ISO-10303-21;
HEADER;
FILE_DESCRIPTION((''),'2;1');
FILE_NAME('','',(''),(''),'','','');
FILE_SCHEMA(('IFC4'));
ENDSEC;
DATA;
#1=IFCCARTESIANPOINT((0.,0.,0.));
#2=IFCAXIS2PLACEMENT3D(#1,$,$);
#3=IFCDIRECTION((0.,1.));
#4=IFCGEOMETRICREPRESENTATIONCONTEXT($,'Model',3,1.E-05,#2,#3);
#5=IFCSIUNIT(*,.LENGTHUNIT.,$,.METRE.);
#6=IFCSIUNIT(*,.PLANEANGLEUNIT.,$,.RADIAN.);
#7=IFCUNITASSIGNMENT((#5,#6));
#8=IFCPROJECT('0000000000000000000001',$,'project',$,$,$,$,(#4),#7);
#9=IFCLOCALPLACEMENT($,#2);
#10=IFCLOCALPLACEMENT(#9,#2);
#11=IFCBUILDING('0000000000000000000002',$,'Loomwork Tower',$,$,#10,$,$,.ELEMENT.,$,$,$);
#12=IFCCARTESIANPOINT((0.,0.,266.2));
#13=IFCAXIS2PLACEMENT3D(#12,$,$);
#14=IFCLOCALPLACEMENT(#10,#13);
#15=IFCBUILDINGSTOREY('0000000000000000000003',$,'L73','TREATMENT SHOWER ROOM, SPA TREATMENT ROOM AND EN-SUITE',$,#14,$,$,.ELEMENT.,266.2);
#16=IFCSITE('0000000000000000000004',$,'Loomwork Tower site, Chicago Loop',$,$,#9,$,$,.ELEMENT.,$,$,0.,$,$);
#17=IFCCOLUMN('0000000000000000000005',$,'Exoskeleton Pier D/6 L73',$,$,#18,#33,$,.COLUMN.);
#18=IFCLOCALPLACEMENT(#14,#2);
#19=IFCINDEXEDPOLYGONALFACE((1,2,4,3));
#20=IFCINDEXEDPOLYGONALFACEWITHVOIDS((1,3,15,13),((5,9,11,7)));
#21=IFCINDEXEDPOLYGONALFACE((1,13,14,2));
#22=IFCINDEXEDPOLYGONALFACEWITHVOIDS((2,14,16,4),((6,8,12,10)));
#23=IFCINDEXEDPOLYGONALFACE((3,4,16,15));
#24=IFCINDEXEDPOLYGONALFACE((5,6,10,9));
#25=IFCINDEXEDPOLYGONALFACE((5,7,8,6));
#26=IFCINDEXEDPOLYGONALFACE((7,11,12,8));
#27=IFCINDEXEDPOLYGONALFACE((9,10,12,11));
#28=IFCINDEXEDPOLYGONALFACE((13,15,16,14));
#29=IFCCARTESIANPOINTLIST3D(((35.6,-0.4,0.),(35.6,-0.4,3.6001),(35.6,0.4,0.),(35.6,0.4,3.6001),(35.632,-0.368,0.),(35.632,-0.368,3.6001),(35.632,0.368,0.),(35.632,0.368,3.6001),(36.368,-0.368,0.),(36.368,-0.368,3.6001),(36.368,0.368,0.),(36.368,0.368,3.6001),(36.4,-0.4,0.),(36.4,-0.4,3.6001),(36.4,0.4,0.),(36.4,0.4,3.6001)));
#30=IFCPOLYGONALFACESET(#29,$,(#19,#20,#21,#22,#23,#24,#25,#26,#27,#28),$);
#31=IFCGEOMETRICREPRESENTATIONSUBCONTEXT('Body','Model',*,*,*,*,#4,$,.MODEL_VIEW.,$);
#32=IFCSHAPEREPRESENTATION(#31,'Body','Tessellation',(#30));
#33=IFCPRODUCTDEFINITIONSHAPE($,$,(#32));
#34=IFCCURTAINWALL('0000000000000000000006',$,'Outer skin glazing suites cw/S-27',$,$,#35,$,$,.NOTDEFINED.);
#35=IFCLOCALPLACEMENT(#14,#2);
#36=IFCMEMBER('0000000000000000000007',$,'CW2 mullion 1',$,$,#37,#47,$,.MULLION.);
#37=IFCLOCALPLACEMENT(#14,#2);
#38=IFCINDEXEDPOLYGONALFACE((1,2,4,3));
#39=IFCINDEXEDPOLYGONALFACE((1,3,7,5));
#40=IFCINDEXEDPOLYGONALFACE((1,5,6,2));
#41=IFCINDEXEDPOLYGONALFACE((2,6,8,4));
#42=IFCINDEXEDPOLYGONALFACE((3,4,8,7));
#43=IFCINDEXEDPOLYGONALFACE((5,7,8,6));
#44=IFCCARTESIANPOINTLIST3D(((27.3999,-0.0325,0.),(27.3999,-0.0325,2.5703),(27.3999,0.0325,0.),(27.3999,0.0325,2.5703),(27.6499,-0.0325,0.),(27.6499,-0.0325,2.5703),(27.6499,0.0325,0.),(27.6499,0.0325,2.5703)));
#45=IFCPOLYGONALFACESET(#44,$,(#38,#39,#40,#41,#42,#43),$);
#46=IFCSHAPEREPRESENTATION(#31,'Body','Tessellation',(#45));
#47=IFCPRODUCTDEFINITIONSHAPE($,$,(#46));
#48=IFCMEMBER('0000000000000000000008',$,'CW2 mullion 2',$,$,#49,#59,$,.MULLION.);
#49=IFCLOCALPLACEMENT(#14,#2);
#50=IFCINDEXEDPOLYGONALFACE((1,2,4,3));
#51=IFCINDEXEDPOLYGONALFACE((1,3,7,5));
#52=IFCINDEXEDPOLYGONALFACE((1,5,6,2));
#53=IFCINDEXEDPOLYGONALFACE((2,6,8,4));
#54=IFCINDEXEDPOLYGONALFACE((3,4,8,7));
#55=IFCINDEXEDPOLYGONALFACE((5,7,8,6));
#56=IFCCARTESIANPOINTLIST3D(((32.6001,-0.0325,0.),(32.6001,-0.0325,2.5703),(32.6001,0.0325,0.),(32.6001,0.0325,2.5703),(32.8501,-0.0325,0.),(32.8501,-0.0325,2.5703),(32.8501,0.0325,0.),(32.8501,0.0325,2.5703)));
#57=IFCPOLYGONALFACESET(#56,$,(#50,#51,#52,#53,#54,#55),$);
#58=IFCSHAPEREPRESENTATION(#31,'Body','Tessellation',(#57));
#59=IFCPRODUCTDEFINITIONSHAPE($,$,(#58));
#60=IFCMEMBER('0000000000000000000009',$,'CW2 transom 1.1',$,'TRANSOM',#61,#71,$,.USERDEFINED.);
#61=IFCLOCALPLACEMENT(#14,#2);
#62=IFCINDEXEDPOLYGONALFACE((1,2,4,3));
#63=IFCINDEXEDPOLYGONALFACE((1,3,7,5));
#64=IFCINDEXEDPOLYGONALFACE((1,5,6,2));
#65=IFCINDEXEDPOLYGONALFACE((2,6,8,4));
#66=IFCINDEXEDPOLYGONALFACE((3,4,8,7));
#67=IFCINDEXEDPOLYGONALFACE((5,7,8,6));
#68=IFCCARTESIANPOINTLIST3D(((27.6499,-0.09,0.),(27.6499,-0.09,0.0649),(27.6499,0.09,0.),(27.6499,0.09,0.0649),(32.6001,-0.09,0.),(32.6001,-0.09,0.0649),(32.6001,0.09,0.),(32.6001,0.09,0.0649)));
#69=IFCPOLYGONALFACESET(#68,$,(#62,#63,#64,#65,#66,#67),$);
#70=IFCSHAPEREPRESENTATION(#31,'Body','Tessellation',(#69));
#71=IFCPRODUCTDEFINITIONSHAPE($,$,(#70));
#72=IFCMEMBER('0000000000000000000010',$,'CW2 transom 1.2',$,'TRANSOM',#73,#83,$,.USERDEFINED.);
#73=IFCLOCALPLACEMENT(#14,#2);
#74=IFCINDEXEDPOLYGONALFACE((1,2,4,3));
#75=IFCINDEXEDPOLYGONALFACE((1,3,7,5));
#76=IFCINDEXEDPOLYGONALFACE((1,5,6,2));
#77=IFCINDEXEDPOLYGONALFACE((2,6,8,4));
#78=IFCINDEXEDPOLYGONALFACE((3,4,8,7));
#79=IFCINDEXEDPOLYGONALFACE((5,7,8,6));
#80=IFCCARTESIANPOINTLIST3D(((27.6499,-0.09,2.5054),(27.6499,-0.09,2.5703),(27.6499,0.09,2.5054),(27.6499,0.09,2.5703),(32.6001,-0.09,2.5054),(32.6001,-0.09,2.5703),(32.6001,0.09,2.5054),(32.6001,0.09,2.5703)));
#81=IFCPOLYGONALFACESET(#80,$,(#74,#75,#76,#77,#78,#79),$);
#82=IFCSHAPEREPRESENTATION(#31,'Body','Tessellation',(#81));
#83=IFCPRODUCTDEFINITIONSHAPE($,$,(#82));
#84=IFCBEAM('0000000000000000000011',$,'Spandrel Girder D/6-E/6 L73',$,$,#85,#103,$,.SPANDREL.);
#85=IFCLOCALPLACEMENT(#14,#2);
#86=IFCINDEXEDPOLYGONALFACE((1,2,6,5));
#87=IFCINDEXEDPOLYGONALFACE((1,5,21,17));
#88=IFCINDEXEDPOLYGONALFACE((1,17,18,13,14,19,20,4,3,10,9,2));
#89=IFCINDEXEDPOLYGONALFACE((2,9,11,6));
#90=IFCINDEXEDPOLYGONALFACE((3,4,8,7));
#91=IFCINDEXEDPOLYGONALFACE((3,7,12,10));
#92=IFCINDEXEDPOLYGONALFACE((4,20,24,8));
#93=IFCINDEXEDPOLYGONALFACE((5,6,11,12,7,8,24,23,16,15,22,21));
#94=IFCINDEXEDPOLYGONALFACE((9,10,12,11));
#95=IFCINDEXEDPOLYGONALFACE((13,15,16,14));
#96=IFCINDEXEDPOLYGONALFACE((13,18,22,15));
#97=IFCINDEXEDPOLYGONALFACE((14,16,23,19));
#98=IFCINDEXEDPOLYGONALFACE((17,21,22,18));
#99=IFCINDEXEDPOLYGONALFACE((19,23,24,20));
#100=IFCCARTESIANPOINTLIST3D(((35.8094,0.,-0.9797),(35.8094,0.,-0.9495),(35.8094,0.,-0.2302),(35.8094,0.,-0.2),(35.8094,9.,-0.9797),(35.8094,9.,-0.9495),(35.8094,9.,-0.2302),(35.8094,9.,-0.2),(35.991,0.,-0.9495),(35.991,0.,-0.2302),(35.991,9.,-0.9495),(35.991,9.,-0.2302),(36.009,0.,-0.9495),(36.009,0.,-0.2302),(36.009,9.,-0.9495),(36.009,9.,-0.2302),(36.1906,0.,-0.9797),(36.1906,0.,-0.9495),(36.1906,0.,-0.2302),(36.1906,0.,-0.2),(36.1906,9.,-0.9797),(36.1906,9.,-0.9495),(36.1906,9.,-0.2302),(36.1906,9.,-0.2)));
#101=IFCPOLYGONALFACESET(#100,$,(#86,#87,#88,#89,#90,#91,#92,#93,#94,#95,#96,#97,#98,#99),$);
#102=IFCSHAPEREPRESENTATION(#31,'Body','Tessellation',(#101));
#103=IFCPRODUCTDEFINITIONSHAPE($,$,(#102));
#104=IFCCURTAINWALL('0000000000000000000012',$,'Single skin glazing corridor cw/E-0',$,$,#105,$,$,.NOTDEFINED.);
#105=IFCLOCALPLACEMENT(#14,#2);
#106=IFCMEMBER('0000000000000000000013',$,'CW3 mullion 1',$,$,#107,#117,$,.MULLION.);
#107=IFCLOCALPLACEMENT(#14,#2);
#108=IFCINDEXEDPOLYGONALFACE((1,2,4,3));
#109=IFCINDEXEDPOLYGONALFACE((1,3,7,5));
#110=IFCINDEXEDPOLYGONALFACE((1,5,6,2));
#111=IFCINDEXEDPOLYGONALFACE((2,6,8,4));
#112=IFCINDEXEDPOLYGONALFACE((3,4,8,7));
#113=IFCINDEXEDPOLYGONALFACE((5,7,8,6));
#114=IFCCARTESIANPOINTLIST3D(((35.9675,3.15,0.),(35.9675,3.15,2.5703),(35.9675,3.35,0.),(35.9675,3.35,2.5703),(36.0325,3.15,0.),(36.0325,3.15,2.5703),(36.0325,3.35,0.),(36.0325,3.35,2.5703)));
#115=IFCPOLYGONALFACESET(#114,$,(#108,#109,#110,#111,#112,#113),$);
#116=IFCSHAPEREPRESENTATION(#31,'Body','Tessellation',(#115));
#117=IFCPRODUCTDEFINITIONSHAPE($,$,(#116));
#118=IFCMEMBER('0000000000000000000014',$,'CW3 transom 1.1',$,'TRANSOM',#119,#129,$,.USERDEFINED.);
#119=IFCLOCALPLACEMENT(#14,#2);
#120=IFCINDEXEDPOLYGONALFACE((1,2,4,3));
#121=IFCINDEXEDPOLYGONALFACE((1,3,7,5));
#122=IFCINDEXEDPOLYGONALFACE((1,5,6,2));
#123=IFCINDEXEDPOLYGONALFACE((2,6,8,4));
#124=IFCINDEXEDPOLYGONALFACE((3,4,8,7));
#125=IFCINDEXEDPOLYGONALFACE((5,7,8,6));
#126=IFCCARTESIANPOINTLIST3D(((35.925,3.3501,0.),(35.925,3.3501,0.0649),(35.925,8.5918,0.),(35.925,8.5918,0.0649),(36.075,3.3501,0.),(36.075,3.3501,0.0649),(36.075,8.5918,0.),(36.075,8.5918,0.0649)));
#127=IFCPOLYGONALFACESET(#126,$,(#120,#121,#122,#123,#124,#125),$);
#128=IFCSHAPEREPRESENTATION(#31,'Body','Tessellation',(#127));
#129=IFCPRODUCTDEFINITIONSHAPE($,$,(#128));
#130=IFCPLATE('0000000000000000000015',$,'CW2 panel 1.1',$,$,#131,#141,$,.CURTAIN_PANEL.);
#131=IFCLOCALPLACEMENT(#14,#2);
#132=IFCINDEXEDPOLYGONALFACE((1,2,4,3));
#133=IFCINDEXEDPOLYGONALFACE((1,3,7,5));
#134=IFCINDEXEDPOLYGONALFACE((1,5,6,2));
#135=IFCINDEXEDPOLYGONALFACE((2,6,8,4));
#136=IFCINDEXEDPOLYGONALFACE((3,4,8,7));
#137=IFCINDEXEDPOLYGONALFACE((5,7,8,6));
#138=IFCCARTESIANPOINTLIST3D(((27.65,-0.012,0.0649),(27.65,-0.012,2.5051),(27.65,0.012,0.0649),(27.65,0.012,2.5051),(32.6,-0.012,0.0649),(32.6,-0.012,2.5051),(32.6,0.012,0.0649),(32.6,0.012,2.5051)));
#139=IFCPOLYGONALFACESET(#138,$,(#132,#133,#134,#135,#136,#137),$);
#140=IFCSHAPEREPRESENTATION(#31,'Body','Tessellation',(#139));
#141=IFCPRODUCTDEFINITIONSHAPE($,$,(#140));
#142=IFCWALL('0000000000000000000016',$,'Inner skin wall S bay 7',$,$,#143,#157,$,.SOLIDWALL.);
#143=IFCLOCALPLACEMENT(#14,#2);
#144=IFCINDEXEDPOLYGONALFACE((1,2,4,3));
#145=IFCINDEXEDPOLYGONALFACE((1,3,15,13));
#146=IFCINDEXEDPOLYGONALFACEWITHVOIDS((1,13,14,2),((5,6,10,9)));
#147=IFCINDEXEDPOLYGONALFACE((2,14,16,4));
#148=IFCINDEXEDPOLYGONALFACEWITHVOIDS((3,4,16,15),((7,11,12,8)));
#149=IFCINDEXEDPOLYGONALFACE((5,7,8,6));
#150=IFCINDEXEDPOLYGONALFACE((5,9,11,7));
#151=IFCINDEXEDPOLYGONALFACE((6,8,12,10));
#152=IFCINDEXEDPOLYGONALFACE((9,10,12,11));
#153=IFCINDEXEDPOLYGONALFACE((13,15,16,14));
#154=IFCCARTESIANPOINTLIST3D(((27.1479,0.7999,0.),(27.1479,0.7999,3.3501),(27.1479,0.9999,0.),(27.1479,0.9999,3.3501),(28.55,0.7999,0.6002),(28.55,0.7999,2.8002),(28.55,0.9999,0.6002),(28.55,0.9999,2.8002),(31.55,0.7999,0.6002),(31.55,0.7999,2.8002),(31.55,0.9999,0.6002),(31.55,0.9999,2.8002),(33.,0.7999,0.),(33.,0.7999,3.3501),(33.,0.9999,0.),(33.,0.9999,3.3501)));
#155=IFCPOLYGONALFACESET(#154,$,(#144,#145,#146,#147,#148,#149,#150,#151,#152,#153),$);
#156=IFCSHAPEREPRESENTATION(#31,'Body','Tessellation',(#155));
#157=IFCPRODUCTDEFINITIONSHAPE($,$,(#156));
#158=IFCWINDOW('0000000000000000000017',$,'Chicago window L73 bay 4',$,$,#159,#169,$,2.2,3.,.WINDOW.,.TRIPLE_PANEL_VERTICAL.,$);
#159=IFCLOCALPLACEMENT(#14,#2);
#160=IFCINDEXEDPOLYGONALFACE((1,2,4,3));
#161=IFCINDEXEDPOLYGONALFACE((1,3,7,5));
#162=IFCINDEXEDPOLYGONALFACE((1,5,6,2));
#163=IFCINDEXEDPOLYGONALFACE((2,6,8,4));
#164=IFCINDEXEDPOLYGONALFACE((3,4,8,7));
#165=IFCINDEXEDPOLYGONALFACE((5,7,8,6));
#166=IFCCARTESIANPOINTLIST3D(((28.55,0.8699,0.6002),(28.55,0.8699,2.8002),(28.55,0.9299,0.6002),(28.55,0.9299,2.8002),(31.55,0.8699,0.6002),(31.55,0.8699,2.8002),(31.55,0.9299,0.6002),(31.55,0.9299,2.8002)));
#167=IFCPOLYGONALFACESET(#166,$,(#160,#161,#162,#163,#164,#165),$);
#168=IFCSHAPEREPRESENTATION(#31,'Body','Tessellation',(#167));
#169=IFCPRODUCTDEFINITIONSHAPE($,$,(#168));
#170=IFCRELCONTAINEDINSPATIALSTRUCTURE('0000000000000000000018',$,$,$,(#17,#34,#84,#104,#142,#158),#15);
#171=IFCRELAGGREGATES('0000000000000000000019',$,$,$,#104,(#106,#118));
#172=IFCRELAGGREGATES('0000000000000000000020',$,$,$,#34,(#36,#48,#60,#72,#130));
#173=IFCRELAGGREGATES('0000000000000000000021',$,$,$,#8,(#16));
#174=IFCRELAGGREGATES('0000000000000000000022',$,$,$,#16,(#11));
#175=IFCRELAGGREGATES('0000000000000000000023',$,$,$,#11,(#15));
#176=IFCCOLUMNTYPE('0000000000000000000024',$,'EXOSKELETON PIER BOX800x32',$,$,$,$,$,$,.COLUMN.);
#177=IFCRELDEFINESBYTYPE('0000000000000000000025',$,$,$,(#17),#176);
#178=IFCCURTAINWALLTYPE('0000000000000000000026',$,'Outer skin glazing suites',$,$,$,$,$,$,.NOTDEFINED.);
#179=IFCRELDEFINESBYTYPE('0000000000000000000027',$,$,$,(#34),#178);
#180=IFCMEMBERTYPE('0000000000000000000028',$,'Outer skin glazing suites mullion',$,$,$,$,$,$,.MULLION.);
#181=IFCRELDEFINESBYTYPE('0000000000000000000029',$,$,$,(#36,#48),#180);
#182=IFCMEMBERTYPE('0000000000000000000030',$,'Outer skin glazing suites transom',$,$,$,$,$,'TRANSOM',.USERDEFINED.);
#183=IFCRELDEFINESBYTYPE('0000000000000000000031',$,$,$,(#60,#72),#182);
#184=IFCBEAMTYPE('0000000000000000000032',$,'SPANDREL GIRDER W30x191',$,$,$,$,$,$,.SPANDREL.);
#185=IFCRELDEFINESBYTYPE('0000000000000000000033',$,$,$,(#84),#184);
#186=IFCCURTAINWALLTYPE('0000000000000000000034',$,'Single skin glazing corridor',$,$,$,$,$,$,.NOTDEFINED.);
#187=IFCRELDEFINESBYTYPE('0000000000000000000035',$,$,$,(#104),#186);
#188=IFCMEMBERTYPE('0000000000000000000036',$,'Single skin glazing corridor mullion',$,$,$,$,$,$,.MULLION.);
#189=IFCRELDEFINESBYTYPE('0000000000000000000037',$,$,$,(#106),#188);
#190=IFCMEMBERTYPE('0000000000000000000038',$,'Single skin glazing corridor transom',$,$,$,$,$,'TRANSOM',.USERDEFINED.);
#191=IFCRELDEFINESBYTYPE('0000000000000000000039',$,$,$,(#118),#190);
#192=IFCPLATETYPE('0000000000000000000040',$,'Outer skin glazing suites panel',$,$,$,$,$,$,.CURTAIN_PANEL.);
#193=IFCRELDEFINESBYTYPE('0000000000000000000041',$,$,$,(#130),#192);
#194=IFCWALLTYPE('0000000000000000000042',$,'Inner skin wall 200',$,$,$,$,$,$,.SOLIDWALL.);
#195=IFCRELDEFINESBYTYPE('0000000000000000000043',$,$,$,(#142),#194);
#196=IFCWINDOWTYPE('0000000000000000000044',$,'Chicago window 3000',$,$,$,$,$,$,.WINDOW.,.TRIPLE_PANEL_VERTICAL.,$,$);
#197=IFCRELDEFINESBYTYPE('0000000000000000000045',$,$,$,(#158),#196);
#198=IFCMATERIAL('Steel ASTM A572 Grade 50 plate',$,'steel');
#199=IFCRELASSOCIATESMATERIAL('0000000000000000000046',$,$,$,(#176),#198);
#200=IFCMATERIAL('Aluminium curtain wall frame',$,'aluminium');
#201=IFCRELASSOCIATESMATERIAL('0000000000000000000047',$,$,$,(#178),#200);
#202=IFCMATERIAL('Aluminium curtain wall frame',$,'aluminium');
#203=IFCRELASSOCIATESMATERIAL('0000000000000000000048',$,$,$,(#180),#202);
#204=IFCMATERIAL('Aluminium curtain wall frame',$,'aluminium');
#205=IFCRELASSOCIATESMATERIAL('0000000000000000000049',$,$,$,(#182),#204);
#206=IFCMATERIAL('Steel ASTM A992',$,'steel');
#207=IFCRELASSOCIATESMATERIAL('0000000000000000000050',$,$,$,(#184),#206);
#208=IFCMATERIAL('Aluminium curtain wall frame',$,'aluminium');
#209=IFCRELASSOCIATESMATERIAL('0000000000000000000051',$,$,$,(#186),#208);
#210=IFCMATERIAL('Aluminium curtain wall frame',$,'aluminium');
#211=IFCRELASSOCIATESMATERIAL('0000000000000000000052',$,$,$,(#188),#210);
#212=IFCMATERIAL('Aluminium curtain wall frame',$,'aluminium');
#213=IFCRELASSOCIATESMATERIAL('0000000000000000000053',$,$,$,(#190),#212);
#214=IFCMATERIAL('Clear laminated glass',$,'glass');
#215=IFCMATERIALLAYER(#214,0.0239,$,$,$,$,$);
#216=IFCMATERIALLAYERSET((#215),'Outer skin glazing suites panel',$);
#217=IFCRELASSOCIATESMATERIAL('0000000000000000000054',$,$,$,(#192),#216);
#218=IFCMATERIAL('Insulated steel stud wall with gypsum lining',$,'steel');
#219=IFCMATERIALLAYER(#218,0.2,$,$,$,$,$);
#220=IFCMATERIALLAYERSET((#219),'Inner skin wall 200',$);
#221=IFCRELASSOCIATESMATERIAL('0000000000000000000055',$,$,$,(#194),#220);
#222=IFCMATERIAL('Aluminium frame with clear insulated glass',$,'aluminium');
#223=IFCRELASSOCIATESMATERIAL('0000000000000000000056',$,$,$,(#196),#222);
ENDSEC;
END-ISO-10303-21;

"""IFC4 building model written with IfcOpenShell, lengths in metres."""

from ifc_helpers import new_model, si_unit, direction, frame, frame_2d, origin, origin_2d, place, context, subcontext, project, spatial, rectangle, hollow_rectangle, i_section, extrude, material, layer, layer_set, material_profile, profile_set, type_object, element, fill, aggregate, save


model = new_model("IFC4")

# Units and contexts
model_context = context("Model", 3, precision=1e-05, world=origin(), true_north=direction((0.0, 1.0)))
body_context = subcontext(model_context, "Body", "Model", "MODEL_VIEW")
ifc_project = project(units=[si_unit("LENGTHUNIT", "METRE"), si_unit("PLANEANGLEUNIT", "RADIAN")], contexts=[model_context])

# Site, building, storey
site_placement = place(None, origin())
site = spatial("IfcSite", under=ifc_project, at=site_placement, Name="Loomwork Tower site, Chicago Loop", CompositionType="ELEMENT", RefElevation=0.0)
building_placement = place(site_placement, origin())
building = spatial("IfcBuilding", under=site, at=building_placement, Name="Loomwork Tower", CompositionType="ELEMENT")
storey_placement = place(building_placement, frame((0.0, 0.0, 266.2)))
storey = spatial("IfcBuildingStorey", under=building, at=storey_placement, Name="L73", Description="TREATMENT SHOWER ROOM, SPA TREATMENT ROOM AND EN-SUITE", CompositionType="ELEMENT", Elevation=266.2)

# Column
ifc_material_1 = material(Name="Steel ASTM A572 Grade 50 plate", Category="steel")
ifc_material_profile_1 = material_profile(ifc_material_1, hollow_rectangle(XDim=0.8, YDim=0.8, WallThickness=0.032, at=origin_2d()), Name="BOX800x32")
ifc_profile_set_1 = profile_set([ifc_material_profile_1], Name="Steel ASTM A572 Grade 50 plate")
column_type = type_object("IfcColumnType", Name="EXOSKELETON PIER BOX800x32", PredefinedType="COLUMN", material=ifc_profile_set_1)
column_placement = place(storey_placement, frame((36.0, 0.0, 0.0), z_axis=(0.0, 0.0, 1.0), x_axis=(1.0, 0.0, 0.0)))
element("IfcColumn", 1, at=column_placement, inside=storey, type_object=column_type, Name="Exoskeleton Pier D/6 L73", PredefinedType="COLUMN", context=body_context, shape_type="SweptSolid", body=[
    extrude(hollow_rectangle(XDim=0.8, YDim=0.8, WallThickness=0.032, at=origin_2d()), origin(), (0.0, 0.0, 1.0), 3.6001),
])

# Curtain wall, members
ifc_material_2 = material(Name="Aluminium curtain wall frame", Category="aluminium")
curtain_wall_type_1 = type_object("IfcCurtainWallType", Name="Outer skin glazing suites", PredefinedType="NOTDEFINED", material=ifc_material_2)
curtain_wall_1_placement = place(storey_placement, origin())
curtain_wall_1 = element("IfcCurtainWall", 2, at=curtain_wall_1_placement, inside=storey, type_object=curtain_wall_type_1, Name="Outer skin glazing suites cw/S-27", PredefinedType="NOTDEFINED")
ifc_material_3 = material(Name="Aluminium curtain wall frame", Category="aluminium")
ifc_material_profile_2 = material_profile(ifc_material_3, rectangle(XDim=0.0649, YDim=0.25, at=origin_2d()), Name="AL 65x250")
ifc_profile_set_2 = profile_set([ifc_material_profile_2], Name="Aluminium curtain wall frame")
member_type_1 = type_object("IfcMemberType", Name="Outer skin glazing suites mullion", PredefinedType="MULLION", material=ifc_profile_set_2)
member_1_placement = place(storey_placement, frame((27.5249, 0.0, 0.0), z_axis=(0.0, 0.0, 1.0), x_axis=(0.0, 1.0, 0.0)))
member_1 = element("IfcMember", 3, at=member_1_placement, type_object=member_type_1, Name="CW2 mullion 1", PredefinedType="MULLION", context=body_context, shape_type="SweptSolid", body=[
    extrude(rectangle(XDim=0.0649, YDim=0.25, at=origin_2d()), origin(), (0.0, 0.0, 1.0), 2.5703),
])
member_2_placement = place(storey_placement, frame((32.7251, 0.0, 0.0), z_axis=(0.0, 0.0, 1.0), x_axis=(0.0, 1.0, 0.0)))
member_2 = element("IfcMember", 4, at=member_2_placement, type_object=member_type_1, Name="CW2 mullion 2", PredefinedType="MULLION", context=body_context, shape_type="SweptSolid", body=[
    extrude(rectangle(XDim=0.0649, YDim=0.25, at=origin_2d()), origin(), (0.0, 0.0, 1.0), 2.5703),
])
ifc_material_4 = material(Name="Aluminium curtain wall frame", Category="aluminium")
ifc_material_profile_3 = material_profile(ifc_material_4, rectangle(XDim=0.1799, YDim=0.0649, at=origin_2d()), Name="AL 65x180")
ifc_profile_set_3 = profile_set([ifc_material_profile_3], Name="Aluminium curtain wall frame")
member_type_2 = type_object("IfcMemberType", Name="Outer skin glazing suites transom", ElementType="TRANSOM", PredefinedType="USERDEFINED", material=ifc_profile_set_3)
member_3_placement = place(storey_placement, frame((27.6499, 0.0, 0.0325), z_axis=(1.0, 0.0, 0.0), x_axis=(0.0, 1.0, 0.0)))
member_3 = element("IfcMember", 5, at=member_3_placement, type_object=member_type_2, Name="CW2 transom 1.1", ObjectType="TRANSOM", PredefinedType="USERDEFINED", context=body_context, shape_type="SweptSolid", body=[
    extrude(rectangle(XDim=0.1799, YDim=0.0649, at=origin_2d()), origin(), (0.0, 0.0, 1.0), 4.9502),
])
member_4_placement = place(storey_placement, frame((27.6499, 0.0, 2.5378), z_axis=(1.0, 0.0, 0.0), x_axis=(0.0, 1.0, 0.0)))
member_4 = element("IfcMember", 6, at=member_4_placement, type_object=member_type_2, Name="CW2 transom 1.2", ObjectType="TRANSOM", PredefinedType="USERDEFINED", context=body_context, shape_type="SweptSolid", body=[
    extrude(rectangle(XDim=0.1799, YDim=0.0649, at=origin_2d()), origin(), (0.0, 0.0, 1.0), 4.9502),
])

# Beam
ifc_material_5 = material(Name="Steel ASTM A992", Category="steel")
ifc_material_profile_4 = material_profile(ifc_material_5, i_section(OverallWidth=0.3811, OverallDepth=0.7798, WebThickness=0.0181, FlangeThickness=0.0303, at=origin_2d()), Name="W30x191")
ifc_profile_set_4 = profile_set([ifc_material_profile_4], Name="Steel ASTM A992")
beam_type = type_object("IfcBeamType", Name="SPANDREL GIRDER W30x191", PredefinedType="SPANDREL", material=ifc_profile_set_4)
beam_placement = place(storey_placement, frame((36.0, 0.0, -0.5898), z_axis=(0.0, 1.0, 0.0), x_axis=(-1.0, 0.0, 0.0)))
element("IfcBeam", 7, at=beam_placement, inside=storey, type_object=beam_type, Name="Spandrel Girder D/6-E/6 L73", PredefinedType="SPANDREL", context=body_context, shape_type="SweptSolid", body=[
    extrude(i_section(OverallWidth=0.3811, OverallDepth=0.7798, WebThickness=0.0181, FlangeThickness=0.0303, at=origin_2d()), origin(), (0.0, 0.0, 1.0), 9.0),
])

# Curtain wall, members
ifc_material_6 = material(Name="Aluminium curtain wall frame", Category="aluminium")
curtain_wall_type_2 = type_object("IfcCurtainWallType", Name="Single skin glazing corridor", PredefinedType="NOTDEFINED", material=ifc_material_6)
curtain_wall_2_placement = place(storey_placement, origin())
curtain_wall_2 = element("IfcCurtainWall", 8, at=curtain_wall_2_placement, inside=storey, type_object=curtain_wall_type_2, Name="Single skin glazing corridor cw/E-0", PredefinedType="NOTDEFINED")
ifc_material_7 = material(Name="Aluminium curtain wall frame", Category="aluminium")
ifc_material_profile_5 = material_profile(ifc_material_7, rectangle(XDim=0.0649, YDim=0.2, at=origin_2d()), Name="AL 65x200")
ifc_profile_set_5 = profile_set([ifc_material_profile_5], Name="Aluminium curtain wall frame")
member_type_3 = type_object("IfcMemberType", Name="Single skin glazing corridor mullion", PredefinedType="MULLION", material=ifc_profile_set_5)
member_5_placement = place(storey_placement, frame((36.0, 3.25, 0.0), z_axis=(0.0, 0.0, 1.0), x_axis=(-1.0, 0.0, 0.0)))
member_5 = element("IfcMember", 9, at=member_5_placement, type_object=member_type_3, Name="CW3 mullion 1", PredefinedType="MULLION", context=body_context, shape_type="SweptSolid", body=[
    extrude(rectangle(XDim=0.0649, YDim=0.2, at=origin_2d()), origin(), (0.0, 0.0, 1.0), 2.5703),
])
ifc_material_8 = material(Name="Aluminium curtain wall frame", Category="aluminium")
ifc_material_profile_6 = material_profile(ifc_material_8, rectangle(XDim=0.1499, YDim=0.0649, at=origin_2d()), Name="AL 65x150")
ifc_profile_set_6 = profile_set([ifc_material_profile_6], Name="Aluminium curtain wall frame")
member_type_4 = type_object("IfcMemberType", Name="Single skin glazing corridor transom", ElementType="TRANSOM", PredefinedType="USERDEFINED", material=ifc_profile_set_6)
member_6_placement = place(storey_placement, frame((36.0, 3.3501, 0.0325), z_axis=(0.0, 1.0, 0.0), x_axis=(-1.0, 0.0, 0.0)))
member_6 = element("IfcMember", 10, at=member_6_placement, type_object=member_type_4, Name="CW3 transom 1.1", ObjectType="TRANSOM", PredefinedType="USERDEFINED", context=body_context, shape_type="SweptSolid", body=[
    extrude(rectangle(XDim=0.1499, YDim=0.0649, at=origin_2d()), origin(), (0.0, 0.0, 1.0), 5.2417),
])
aggregate(curtain_wall_2, [member_5, member_6])

# Plate
ifc_material_9 = material(Name="Clear laminated glass", Category="glass")
ifc_layer_1 = layer(ifc_material_9, 0.0239)
ifc_layer_set_1 = layer_set([ifc_layer_1], Name="Outer skin glazing suites panel")
plate_type = type_object("IfcPlateType", Name="Outer skin glazing suites panel", PredefinedType="CURTAIN_PANEL", material=ifc_layer_set_1)
plate_placement = place(storey_placement, frame((30.125, 0.0, 0.0649), z_axis=(0.0, 0.0, 1.0), x_axis=(1.0, 0.0, 0.0)))
plate = element("IfcPlate", 11, at=plate_placement, type_object=plate_type, Name="CW2 panel 1.1", PredefinedType="CURTAIN_PANEL", context=body_context, shape_type="SweptSolid", body=[
    extrude(rectangle(XDim=4.95, YDim=0.0239, at=origin_2d()), origin(), (0.0, 0.0, 1.0), 2.4402),
])
aggregate(curtain_wall_1, [member_1, member_2, member_3, member_4, plate])

# Wall, opening, window
ifc_material_10 = material(Name="Insulated steel stud wall with gypsum lining", Category="steel")
ifc_layer_2 = layer(ifc_material_10, 0.2)
ifc_layer_set_2 = layer_set([ifc_layer_2], Name="Inner skin wall 200")
wall_type_1 = type_object("IfcWallType", Name="Inner skin wall 200", PredefinedType="SOLIDWALL", material=ifc_layer_set_2)
wall_1_placement = place(storey_placement, frame((27.1479, 0.8999, 0.0), z_axis=(0.0, 0.0, 1.0), x_axis=(1.0, 0.0, 0.0)))
wall_1 = element("IfcWall", 12, at=wall_1_placement, inside=storey, type_object=wall_type_1, Name="Inner skin wall S bay 7", PredefinedType="SOLIDWALL", context=body_context, shape_type="SweptSolid", body=[
    extrude(rectangle(XDim=5.8521, YDim=0.2, at=frame_2d((2.926, 0.0))), origin(), (0.0, 0.0, 1.0), 3.3501),
])
opening_1_placement = place(wall_1_placement, frame((1.4021, 0.0, 0.6001)))
opening_1 = element("IfcOpeningElement", 13, at=opening_1_placement, cuts=wall_1, PredefinedType="OPENING", context=body_context, shape_type="SweptSolid", body=[
    extrude(rectangle(XDim=3.0, YDim=2.2, at=frame_2d((1.5, 1.1001))), frame((0.0, 0.1099, 0.0), z_axis=(0.0, -1.0, 0.0), x_axis=(1.0, 0.0, 0.0)), (0.0, 0.0, 1.0), 0.22),
])
ifc_material_11 = material(Name="Aluminium frame with clear insulated glass", Category="aluminium")
window_type_1 = type_object("IfcWindowType", Name="Chicago window 3000", PartitioningType="TRIPLE_PANEL_VERTICAL", PredefinedType="WINDOW", material=ifc_material_11)
window_1_placement = place(opening_1_placement, origin())
window_1 = element("IfcWindow", 14, at=window_1_placement, inside=storey, type_object=window_type_1, Name="Chicago window L73 bay 4", OverallHeight=2.2, OverallWidth=3.0, PartitioningType="TRIPLE_PANEL_VERTICAL", PredefinedType="WINDOW", context=body_context, shape_type="SweptSolid", body=[
    extrude(rectangle(XDim=3.0, YDim=2.2, at=frame_2d((1.5, 1.1001))), frame((0.0, 0.03, 0.0), z_axis=(0.0, -1.0, 0.0), x_axis=(1.0, 0.0, 0.0)), (0.0, 0.0, 1.0), 0.0601),
])
fill(opening_1, window_1)

save(model, "model.ifc")
